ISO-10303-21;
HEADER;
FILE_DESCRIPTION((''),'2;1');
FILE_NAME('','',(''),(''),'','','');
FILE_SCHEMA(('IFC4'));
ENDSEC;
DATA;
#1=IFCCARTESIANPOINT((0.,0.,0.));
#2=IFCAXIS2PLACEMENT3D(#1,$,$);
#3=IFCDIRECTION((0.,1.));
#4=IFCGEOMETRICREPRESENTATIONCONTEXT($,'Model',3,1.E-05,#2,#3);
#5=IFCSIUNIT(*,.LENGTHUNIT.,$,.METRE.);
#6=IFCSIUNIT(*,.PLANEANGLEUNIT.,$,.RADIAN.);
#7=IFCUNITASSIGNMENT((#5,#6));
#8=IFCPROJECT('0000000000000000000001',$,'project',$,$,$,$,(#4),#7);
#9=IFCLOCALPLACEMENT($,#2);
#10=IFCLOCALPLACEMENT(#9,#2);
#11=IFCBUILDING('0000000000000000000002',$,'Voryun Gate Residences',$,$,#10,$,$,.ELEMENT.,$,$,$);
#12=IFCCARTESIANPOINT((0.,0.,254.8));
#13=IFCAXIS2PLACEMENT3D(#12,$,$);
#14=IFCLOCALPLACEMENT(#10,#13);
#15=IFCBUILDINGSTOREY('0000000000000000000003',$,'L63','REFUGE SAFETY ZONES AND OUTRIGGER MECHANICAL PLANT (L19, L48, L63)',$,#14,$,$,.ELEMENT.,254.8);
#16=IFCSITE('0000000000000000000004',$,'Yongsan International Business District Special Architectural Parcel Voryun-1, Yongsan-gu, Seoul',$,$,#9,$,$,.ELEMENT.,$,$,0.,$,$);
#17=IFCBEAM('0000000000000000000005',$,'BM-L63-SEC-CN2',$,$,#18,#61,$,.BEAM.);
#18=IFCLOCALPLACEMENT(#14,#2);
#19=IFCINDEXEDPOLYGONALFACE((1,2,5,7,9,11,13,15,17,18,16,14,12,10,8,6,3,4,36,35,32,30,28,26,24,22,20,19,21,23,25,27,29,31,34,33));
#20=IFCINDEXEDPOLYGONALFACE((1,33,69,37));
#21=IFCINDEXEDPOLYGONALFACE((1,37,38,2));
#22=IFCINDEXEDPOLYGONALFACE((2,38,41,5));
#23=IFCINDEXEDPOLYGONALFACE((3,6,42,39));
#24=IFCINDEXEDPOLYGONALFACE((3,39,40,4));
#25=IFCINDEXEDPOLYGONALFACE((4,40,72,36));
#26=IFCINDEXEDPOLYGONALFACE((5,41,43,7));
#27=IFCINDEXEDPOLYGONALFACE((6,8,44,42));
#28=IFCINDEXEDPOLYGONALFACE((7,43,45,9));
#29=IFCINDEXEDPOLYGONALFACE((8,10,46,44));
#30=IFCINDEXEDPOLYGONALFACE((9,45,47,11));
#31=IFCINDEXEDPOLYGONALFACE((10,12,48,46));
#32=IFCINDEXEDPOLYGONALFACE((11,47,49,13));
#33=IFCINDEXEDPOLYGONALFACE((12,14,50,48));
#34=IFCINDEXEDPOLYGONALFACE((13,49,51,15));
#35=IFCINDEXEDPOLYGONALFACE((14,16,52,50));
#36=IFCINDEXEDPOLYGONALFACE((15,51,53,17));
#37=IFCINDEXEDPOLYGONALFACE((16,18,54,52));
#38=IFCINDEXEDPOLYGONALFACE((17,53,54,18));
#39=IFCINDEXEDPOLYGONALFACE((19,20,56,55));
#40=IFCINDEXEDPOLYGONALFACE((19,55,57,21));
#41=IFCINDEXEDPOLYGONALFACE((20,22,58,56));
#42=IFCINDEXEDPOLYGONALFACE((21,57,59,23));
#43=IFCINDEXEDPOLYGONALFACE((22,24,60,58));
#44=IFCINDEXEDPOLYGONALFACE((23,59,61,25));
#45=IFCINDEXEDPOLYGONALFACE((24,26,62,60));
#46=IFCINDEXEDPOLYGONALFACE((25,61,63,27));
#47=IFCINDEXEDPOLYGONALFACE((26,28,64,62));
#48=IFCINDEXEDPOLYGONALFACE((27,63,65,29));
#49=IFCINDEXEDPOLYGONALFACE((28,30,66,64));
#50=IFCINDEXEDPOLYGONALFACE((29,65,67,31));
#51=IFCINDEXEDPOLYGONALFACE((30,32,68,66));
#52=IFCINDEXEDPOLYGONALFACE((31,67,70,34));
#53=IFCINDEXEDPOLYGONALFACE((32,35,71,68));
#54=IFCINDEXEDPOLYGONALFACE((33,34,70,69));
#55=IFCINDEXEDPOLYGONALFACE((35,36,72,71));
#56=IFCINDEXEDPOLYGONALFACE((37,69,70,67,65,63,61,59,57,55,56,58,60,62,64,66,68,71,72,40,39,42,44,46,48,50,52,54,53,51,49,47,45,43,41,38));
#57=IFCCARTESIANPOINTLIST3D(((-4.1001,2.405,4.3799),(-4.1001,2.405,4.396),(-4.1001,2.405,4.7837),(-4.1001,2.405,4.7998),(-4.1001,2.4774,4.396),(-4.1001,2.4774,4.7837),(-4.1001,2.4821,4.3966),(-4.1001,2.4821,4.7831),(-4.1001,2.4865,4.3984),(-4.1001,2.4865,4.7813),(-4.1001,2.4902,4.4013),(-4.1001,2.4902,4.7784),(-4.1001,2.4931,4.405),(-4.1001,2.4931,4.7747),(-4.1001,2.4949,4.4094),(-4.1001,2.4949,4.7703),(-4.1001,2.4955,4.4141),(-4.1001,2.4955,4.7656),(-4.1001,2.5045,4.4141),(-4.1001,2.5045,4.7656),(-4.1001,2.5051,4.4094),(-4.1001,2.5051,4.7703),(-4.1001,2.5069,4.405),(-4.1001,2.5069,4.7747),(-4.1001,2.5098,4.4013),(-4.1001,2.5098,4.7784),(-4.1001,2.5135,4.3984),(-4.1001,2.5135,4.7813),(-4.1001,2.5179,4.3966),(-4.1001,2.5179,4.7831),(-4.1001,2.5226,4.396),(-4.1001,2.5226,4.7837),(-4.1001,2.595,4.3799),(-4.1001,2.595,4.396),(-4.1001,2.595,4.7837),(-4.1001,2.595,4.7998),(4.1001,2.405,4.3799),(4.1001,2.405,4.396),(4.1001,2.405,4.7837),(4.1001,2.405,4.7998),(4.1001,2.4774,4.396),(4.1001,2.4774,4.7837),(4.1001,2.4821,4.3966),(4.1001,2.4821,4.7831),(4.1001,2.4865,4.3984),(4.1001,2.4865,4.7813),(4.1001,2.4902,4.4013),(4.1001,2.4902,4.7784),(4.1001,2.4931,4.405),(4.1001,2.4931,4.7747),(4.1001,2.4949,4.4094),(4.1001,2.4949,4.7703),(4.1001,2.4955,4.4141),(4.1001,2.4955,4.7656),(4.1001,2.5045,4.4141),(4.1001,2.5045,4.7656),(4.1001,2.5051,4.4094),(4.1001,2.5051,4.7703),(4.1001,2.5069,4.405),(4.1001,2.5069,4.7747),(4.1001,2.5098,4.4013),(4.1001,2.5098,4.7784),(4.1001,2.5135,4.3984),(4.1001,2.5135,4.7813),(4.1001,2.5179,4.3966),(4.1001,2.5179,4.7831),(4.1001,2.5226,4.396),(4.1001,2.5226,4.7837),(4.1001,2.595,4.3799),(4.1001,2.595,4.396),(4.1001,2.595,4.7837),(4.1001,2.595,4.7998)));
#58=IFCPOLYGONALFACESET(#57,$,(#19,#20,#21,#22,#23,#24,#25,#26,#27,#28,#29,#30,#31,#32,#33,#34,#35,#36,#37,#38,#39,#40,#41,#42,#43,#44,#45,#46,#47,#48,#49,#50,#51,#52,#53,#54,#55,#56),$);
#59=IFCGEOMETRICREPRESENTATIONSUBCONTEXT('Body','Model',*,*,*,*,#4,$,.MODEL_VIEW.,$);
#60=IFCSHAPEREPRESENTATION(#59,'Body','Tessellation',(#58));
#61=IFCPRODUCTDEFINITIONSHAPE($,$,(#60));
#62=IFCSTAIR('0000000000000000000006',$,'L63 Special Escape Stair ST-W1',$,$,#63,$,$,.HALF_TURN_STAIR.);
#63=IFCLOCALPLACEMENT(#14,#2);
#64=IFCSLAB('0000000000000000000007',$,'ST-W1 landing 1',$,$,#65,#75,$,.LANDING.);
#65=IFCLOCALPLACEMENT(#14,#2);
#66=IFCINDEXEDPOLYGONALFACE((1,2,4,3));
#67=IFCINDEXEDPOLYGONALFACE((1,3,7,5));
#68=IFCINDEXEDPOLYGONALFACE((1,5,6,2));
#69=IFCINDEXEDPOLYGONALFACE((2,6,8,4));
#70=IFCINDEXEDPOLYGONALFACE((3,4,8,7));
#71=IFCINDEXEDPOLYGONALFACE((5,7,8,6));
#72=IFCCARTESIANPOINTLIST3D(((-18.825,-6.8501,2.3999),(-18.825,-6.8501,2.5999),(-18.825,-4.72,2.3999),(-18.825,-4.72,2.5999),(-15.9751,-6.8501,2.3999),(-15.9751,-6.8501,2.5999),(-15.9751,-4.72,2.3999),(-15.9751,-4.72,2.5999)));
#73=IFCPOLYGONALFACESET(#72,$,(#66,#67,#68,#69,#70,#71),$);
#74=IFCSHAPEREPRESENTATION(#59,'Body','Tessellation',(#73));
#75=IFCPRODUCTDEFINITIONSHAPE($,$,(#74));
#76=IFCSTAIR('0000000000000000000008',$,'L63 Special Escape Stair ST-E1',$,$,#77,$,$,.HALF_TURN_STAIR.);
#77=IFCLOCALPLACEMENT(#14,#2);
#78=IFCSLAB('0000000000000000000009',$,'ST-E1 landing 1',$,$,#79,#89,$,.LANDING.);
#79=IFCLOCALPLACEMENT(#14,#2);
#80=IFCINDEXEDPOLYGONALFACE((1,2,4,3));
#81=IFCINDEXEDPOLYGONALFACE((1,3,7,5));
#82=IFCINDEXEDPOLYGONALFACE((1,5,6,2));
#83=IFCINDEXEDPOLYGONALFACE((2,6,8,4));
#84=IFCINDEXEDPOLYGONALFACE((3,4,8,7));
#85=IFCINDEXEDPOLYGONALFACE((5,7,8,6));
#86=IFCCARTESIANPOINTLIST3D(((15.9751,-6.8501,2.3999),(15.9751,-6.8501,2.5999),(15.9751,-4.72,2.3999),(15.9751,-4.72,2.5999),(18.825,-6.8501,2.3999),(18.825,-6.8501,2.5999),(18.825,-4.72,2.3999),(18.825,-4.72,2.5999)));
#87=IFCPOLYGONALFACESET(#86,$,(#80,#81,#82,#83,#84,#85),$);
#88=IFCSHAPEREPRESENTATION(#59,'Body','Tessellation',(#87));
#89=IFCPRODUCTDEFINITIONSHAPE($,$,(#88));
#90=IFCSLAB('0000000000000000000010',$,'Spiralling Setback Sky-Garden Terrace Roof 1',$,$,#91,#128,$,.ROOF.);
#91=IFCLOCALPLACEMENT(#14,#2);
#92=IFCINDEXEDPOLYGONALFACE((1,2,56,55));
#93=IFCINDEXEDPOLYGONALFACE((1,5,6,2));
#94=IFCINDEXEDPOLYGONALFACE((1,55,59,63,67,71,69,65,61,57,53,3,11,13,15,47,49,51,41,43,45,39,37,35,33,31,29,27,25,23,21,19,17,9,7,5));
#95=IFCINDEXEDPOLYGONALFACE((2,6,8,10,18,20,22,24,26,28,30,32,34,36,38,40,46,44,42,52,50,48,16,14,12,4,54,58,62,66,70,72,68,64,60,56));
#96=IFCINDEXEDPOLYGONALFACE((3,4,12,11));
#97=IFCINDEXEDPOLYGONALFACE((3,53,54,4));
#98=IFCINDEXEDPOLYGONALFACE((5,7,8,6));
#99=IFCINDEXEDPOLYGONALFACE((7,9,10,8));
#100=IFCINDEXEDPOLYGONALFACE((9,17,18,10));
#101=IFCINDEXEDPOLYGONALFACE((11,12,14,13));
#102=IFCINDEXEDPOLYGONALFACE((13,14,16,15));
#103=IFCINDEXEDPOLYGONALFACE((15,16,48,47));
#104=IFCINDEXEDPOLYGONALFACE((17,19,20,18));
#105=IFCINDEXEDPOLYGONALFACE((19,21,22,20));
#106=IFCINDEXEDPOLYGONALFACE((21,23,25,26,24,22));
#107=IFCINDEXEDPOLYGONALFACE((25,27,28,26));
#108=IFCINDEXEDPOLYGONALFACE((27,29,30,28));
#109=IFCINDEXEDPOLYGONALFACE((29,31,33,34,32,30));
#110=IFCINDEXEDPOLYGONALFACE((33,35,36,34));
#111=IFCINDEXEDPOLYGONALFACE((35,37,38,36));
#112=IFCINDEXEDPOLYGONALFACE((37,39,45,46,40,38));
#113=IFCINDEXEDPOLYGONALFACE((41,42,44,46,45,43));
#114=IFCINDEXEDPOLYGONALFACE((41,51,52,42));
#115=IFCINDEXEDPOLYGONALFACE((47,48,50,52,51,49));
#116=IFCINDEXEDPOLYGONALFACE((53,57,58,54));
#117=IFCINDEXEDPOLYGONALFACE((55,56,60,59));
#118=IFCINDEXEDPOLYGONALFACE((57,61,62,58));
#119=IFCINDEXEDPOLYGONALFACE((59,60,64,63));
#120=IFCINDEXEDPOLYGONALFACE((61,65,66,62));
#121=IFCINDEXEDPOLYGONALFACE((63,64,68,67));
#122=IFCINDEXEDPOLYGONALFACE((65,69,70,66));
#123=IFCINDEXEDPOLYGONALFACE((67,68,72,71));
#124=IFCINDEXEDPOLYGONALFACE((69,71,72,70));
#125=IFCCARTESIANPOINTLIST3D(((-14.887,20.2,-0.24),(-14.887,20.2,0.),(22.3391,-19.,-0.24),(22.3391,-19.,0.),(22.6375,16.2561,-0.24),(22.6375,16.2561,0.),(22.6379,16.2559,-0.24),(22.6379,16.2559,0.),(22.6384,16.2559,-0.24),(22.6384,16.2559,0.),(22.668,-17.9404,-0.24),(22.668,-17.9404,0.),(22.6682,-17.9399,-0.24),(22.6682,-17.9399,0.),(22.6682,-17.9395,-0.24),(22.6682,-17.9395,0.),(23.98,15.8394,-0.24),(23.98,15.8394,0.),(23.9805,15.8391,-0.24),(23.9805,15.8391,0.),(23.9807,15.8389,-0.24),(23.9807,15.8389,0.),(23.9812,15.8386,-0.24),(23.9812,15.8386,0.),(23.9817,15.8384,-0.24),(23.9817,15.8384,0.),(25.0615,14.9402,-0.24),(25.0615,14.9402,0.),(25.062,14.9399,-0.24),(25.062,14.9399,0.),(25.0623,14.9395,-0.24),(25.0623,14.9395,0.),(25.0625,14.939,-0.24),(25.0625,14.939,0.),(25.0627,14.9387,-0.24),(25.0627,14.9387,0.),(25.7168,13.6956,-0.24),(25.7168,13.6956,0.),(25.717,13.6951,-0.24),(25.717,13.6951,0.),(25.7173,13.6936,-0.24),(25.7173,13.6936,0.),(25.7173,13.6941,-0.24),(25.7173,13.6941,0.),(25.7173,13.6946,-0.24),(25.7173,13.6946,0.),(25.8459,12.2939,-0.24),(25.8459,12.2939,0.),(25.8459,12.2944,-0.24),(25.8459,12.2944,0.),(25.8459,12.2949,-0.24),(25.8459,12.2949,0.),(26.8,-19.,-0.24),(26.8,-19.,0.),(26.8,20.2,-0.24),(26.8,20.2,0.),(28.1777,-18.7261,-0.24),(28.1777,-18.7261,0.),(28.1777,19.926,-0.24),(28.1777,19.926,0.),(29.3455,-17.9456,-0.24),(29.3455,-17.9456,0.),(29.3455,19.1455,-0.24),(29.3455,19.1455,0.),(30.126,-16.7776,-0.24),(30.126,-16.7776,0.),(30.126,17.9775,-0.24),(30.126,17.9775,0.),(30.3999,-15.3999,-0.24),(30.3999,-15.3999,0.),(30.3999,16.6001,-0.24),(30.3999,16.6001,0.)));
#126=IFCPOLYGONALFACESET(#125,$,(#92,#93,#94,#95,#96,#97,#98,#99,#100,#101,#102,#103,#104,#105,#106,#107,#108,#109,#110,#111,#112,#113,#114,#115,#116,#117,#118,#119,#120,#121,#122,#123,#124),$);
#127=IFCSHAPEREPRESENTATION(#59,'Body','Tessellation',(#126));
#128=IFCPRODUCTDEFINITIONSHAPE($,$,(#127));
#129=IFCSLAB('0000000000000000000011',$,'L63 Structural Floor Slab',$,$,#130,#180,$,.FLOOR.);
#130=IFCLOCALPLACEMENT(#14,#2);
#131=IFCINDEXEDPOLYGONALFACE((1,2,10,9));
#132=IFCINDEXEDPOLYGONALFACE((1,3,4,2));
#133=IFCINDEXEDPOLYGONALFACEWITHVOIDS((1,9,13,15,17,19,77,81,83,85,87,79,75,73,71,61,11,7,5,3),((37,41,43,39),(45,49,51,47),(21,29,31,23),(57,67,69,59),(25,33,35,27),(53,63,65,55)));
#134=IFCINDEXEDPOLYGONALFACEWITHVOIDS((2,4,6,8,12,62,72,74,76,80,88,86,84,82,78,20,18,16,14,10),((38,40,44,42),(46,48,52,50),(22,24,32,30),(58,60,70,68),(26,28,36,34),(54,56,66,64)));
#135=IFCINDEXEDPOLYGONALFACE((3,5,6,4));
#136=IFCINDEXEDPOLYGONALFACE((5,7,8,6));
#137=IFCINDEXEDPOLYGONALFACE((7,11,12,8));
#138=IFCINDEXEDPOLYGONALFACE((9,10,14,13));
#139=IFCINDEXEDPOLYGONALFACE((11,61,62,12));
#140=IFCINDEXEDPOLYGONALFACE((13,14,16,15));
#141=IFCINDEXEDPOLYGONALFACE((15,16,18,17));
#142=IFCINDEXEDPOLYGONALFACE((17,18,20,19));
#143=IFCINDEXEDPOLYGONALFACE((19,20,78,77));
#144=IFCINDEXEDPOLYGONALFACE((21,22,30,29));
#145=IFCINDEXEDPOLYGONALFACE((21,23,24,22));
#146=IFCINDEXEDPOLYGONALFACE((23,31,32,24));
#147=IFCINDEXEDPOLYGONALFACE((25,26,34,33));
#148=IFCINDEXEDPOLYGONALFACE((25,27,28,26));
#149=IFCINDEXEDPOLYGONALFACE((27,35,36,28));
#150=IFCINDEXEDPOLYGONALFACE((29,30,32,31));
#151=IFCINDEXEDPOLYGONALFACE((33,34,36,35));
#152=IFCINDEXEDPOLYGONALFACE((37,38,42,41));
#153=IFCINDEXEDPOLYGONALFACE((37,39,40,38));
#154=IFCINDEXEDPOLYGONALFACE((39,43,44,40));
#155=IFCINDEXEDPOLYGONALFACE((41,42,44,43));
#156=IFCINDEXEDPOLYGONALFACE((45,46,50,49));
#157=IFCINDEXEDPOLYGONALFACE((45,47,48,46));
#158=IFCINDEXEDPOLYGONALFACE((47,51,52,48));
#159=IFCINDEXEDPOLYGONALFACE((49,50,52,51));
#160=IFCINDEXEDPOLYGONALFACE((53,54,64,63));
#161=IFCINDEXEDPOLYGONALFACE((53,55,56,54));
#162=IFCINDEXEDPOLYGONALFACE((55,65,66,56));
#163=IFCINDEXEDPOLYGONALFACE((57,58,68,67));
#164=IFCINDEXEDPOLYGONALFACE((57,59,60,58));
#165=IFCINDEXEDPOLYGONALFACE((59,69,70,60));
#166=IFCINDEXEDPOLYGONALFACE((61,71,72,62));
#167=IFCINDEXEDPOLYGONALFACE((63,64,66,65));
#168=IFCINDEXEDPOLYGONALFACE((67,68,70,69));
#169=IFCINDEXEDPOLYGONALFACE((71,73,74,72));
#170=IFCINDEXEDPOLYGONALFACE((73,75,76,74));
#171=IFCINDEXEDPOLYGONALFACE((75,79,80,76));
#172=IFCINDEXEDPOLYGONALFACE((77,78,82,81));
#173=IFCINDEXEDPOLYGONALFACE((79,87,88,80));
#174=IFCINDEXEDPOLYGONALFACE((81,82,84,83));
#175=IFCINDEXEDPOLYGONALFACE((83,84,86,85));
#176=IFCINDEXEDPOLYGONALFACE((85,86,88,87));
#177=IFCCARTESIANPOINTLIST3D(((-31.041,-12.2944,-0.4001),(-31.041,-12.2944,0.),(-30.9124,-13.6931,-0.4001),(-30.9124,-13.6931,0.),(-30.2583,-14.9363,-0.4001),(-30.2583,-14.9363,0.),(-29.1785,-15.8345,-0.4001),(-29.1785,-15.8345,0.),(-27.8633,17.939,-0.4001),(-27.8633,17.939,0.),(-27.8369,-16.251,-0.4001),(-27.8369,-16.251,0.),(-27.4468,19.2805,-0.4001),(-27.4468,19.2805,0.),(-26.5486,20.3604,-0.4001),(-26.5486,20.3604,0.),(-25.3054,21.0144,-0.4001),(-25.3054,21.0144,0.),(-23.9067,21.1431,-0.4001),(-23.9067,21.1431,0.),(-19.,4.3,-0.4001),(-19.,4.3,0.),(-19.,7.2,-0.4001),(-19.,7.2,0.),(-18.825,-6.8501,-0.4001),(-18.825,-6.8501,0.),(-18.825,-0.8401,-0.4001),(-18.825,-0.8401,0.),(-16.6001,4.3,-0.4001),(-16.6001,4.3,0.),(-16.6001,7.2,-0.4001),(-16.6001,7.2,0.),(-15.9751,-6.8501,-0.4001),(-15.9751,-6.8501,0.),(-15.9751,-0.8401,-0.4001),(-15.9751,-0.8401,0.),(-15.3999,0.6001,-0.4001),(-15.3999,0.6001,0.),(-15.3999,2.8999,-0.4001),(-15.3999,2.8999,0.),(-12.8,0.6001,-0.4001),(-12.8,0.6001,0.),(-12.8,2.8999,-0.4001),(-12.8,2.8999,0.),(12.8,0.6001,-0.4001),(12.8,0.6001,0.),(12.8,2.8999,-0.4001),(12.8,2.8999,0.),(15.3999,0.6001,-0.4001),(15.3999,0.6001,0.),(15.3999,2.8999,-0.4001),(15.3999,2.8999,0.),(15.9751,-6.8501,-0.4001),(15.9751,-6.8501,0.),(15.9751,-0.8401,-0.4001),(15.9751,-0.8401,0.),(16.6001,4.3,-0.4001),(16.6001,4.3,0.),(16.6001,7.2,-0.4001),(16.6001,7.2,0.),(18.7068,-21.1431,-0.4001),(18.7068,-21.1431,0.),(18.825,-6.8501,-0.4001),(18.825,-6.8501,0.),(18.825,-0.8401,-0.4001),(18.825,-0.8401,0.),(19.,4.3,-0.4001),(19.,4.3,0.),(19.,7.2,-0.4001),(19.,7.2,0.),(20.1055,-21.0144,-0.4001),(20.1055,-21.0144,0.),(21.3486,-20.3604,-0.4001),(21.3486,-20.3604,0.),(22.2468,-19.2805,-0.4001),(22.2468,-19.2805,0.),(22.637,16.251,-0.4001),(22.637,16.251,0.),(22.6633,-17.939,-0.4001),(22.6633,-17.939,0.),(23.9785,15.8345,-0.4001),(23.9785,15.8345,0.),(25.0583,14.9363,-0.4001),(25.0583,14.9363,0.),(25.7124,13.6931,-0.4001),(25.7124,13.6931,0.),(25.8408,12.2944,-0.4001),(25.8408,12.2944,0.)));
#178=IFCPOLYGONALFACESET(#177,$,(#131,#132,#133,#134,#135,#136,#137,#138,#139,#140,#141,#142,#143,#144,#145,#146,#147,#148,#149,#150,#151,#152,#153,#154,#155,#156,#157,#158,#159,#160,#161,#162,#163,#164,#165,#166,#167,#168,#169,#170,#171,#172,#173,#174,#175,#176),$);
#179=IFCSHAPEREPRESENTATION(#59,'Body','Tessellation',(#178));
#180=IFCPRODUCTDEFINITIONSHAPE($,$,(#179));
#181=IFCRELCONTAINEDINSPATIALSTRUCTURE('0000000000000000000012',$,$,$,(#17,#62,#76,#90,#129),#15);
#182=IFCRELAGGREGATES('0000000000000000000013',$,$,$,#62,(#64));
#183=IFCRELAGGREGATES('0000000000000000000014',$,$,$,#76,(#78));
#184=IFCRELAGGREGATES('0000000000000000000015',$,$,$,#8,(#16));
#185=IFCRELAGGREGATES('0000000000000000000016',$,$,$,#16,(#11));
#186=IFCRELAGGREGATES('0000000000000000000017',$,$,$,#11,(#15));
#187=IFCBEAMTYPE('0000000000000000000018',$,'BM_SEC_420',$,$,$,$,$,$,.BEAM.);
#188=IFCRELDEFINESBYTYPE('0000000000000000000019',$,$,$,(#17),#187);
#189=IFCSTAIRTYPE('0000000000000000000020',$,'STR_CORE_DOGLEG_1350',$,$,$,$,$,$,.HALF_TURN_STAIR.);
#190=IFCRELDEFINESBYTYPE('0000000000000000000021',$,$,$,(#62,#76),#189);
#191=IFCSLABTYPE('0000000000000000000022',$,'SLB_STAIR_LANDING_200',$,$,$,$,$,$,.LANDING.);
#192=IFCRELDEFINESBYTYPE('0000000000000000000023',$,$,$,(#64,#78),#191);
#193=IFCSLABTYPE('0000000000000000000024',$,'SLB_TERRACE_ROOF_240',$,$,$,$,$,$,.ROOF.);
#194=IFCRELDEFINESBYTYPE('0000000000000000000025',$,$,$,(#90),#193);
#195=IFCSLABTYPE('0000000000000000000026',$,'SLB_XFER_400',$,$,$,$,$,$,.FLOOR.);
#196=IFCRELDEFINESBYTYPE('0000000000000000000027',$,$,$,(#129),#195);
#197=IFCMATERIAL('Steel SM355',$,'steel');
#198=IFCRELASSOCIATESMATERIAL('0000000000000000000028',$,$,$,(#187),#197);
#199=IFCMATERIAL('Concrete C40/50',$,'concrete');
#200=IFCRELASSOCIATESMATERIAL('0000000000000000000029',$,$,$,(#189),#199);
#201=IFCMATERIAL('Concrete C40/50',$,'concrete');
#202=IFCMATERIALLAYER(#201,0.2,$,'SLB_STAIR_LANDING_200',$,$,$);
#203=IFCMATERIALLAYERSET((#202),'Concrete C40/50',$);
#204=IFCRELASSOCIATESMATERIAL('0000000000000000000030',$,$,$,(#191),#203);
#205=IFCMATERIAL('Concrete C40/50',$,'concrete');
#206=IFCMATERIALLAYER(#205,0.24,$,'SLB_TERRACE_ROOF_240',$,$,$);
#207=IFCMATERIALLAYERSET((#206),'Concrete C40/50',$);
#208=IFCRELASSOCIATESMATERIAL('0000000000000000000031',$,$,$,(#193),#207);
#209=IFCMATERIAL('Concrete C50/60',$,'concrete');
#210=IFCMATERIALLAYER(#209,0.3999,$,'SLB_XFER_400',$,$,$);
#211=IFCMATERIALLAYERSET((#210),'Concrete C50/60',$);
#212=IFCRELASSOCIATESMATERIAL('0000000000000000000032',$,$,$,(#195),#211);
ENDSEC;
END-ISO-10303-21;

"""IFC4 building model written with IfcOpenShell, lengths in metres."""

from ifc_helpers import new_model, si_unit, direction, frame, origin, origin_2d, place, context, subcontext, project, spatial, polyline, i_section, outline, extrude, material, layer, layer_set, material_profile, profile_set, type_object, element, aggregate, save


model = new_model("IFC4")

# Units and contexts
model_context = context("Model", 3, precision=1e-05, world=origin(), true_north=direction((0.0, 1.0)))
body_context = subcontext(model_context, "Body", "Model", "MODEL_VIEW")
ifc_project = project(units=[si_unit("LENGTHUNIT", "METRE"), si_unit("PLANEANGLEUNIT", "RADIAN")], contexts=[model_context])

# Site, building, storey
site_placement = place(None, origin())
site = spatial("IfcSite", under=ifc_project, at=site_placement, Name="Yongsan International Business District Special Architectural Parcel Voryun-1, Yongsan-gu, Seoul", CompositionType="ELEMENT", RefElevation=0.0)
building_placement = place(site_placement, origin())
building = spatial("IfcBuilding", under=site, at=building_placement, Name="Voryun Gate Residences", CompositionType="ELEMENT")
storey_placement = place(building_placement, frame((0.0, 0.0, 254.8)))
storey = spatial("IfcBuildingStorey", under=building, at=storey_placement, Name="L63", Description="REFUGE SAFETY ZONES AND OUTRIGGER MECHANICAL PLANT (L19, L48, L63)", CompositionType="ELEMENT", Elevation=254.8)

# Beam
ifc_material_1 = material(Name="Steel SM355", Category="steel")
ifc_material_profile_1 = material_profile(ifc_material_1, i_section(OverallWidth=0.1899, OverallDepth=0.4199, WebThickness=0.009, FlangeThickness=0.0161, FilletRadius=0.0181, at=origin_2d()), Name="H-420x190x9x16")
ifc_profile_set_1 = profile_set([ifc_material_profile_1], Name="Steel SM355")
beam_type = type_object("IfcBeamType", Name="BM_SEC_420", PredefinedType="BEAM", material=ifc_profile_set_1)
beam_1_placement = place(storey_placement, frame((-4.1001, 2.5, 4.5898), z_axis=(1.0, 0.0, 0.0), x_axis=(0.0, 1.0, 0.0)))
element("IfcBeam", 1, at=beam_1_placement, inside=storey, type_object=beam_type, Name="BM-L63-SEC-CN2", PredefinedType="BEAM", context=body_context, shape_type="SweptSolid", body=[
    extrude(i_section(OverallWidth=0.1899, OverallDepth=0.4199, WebThickness=0.009, FlangeThickness=0.0161, FilletRadius=0.0181, at=origin_2d()), origin(), (0.0, 0.0, 1.0), 8.2002),
])

# Stairs, slabs
ifc_material_2 = material(Name="Concrete C40/50", Category="concrete")
stair_type = type_object("IfcStairType", Name="STR_CORE_DOGLEG_1350", PredefinedType="HALF_TURN_STAIR", material=ifc_material_2)
stair_1_placement = place(storey_placement, origin())
stair_1 = element("IfcStair", 2, at=stair_1_placement, inside=storey, type_object=stair_type, Name="L63 Special Escape Stair ST-W1", PredefinedType="HALF_TURN_STAIR")
ifc_material_3 = material(Name="Concrete C40/50", Category="concrete")
ifc_layer_1 = layer(ifc_material_3, 0.2, Name="SLB_STAIR_LANDING_200")
ifc_layer_set_1 = layer_set([ifc_layer_1], Name="Concrete C40/50")
slab_type_1 = type_object("IfcSlabType", Name="SLB_STAIR_LANDING_200", PredefinedType="LANDING", material=ifc_layer_set_1)
slab_1_placement = place(storey_placement, frame((0.0, 0.0, 2.3999)))
slab_1 = element("IfcSlab", 3, at=slab_1_placement, type_object=slab_type_1, Name="ST-W1 landing 1", PredefinedType="LANDING", context=body_context, shape_type="SweptSolid", body=[
    extrude(outline(polyline([(-18.825, -4.72), (-18.825, -6.8501), (-15.9751, -6.8501), (-15.9751, -4.72), (-18.825, -4.72)])), origin(), (0.0, 0.0, 1.0), 0.2),
])
aggregate(stair_1, [slab_1])
stair_2_placement = place(storey_placement, origin())
stair_2 = element("IfcStair", 4, at=stair_2_placement, inside=storey, type_object=stair_type, Name="L63 Special Escape Stair ST-E1", PredefinedType="HALF_TURN_STAIR")
slab_2_placement = place(storey_placement, frame((0.0, 0.0, 2.3999)))
slab_2 = element("IfcSlab", 5, at=slab_2_placement, type_object=slab_type_1, Name="ST-E1 landing 1", PredefinedType="LANDING", context=body_context, shape_type="SweptSolid", body=[
    extrude(outline(polyline([(15.9751, -4.72), (15.9751, -6.8501), (18.825, -6.8501), (18.825, -4.72), (15.9751, -4.72)])), origin(), (0.0, 0.0, 1.0), 0.2),
])
aggregate(stair_2, [slab_2])

# Slabs
ifc_material_4 = material(Name="Concrete C40/50", Category="concrete")
ifc_layer_2 = layer(ifc_material_4, 0.24, Name="SLB_TERRACE_ROOF_240")
ifc_layer_set_2 = layer_set([ifc_layer_2], Name="Concrete C40/50")
slab_type_2 = type_object("IfcSlabType", Name="SLB_TERRACE_ROOF_240", PredefinedType="ROOF", material=ifc_layer_set_2)
slab_3_placement = place(storey_placement, frame((0.0, 0.0, -0.24)))
element("IfcSlab", 6, at=slab_3_placement, inside=storey, type_object=slab_type_2, Name="Spiralling Setback Sky-Garden Terrace Roof 1", PredefinedType="ROOF", context=body_context, shape_type="SweptSolid", body=[
    extrude(outline(polyline([(26.8, 20.2), (28.1777, 19.926), (29.3455, 19.1455), (30.126, 17.9775), (30.3999, 16.6001), (30.3999, -15.3999), (30.126, -16.7776), (29.3455, -17.9456), (28.1777, -18.7261), (26.8, -19.0), (22.3391, -19.0), (22.668, -17.9404), (22.6682, -17.9399), (22.6682, -17.9395), (25.8459, 12.2939), (25.8459, 12.2944), (25.8459, 12.2949), (25.7173, 13.6936), (25.7173, 13.6941), (25.7173, 13.6946), (25.717, 13.6951), (25.7168, 13.6956), (25.0627, 14.9387), (25.0625, 14.939), (25.0623, 14.9395), (25.062, 14.9399), (25.0615, 14.9402), (23.9817, 15.8384), (23.9812, 15.8386), (23.9807, 15.8389), (23.9805, 15.8391), (23.98, 15.8394), (22.6384, 16.2559), (22.6379, 16.2559), (22.6375, 16.2561), (-14.887, 20.2), (26.8, 20.2)])), origin(), (0.0, 0.0, 1.0), 0.24),
])
ifc_material_5 = material(Name="Concrete C50/60", Category="concrete")
ifc_layer_3 = layer(ifc_material_5, 0.3999, Name="SLB_XFER_400")
ifc_layer_set_3 = layer_set([ifc_layer_3], Name="Concrete C50/60")
slab_type_3 = type_object("IfcSlabType", Name="SLB_XFER_400", PredefinedType="FLOOR", material=ifc_layer_set_3)
slab_4_placement = place(storey_placement, frame((0.0, 0.0, -0.4001)))
element("IfcSlab", 7, at=slab_4_placement, inside=storey, type_object=slab_type_3, Name="L63 Structural Floor Slab", PredefinedType="FLOOR", context=body_context, shape_type="SweptSolid", body=[
    extrude(outline(polyline([(-27.8369, -16.251), (-29.1785, -15.8345), (-30.2583, -14.9363), (-30.9124, -13.6931), (-31.041, -12.2944), (-27.8633, 17.939), (-27.4468, 19.2805), (-26.5486, 20.3604), (-25.3054, 21.0144), (-23.9067, 21.1431), (22.637, 16.251), (23.9785, 15.8345), (25.0583, 14.9363), (25.7124, 13.6931), (25.8408, 12.2944), (22.6633, -17.939), (22.2468, -19.2805), (21.3486, -20.3604), (20.1055, -21.0144), (18.7068, -21.1431), (-27.8369, -16.251)]), holes=[polyline([(-15.9751, -0.8401), (-18.825, -0.8401), (-18.825, -6.8501), (-15.9751, -6.8501), (-15.9751, -0.8401)]), polyline([(18.825, -6.8501), (18.825, -0.8401), (15.9751, -0.8401), (15.9751, -6.8501), (18.825, -6.8501)]), polyline([(-12.8, 2.8999), (-15.3999, 2.8999), (-15.3999, 0.6001), (-12.8, 0.6001), (-12.8, 2.8999)]), polyline([(12.8, 2.8999), (12.8, 0.6001), (15.3999, 0.6001), (15.3999, 2.8999), (12.8, 2.8999)]), polyline([(-16.6001, 7.2), (-19.0, 7.2), (-19.0, 4.3), (-16.6001, 4.3), (-16.6001, 7.2)]), polyline([(19.0, 7.2), (16.6001, 7.2), (16.6001, 4.3), (19.0, 4.3), (19.0, 7.2)])]), origin(), (0.0, 0.0, 1.0), 0.4001),
])

save(model, "model.ifc")
